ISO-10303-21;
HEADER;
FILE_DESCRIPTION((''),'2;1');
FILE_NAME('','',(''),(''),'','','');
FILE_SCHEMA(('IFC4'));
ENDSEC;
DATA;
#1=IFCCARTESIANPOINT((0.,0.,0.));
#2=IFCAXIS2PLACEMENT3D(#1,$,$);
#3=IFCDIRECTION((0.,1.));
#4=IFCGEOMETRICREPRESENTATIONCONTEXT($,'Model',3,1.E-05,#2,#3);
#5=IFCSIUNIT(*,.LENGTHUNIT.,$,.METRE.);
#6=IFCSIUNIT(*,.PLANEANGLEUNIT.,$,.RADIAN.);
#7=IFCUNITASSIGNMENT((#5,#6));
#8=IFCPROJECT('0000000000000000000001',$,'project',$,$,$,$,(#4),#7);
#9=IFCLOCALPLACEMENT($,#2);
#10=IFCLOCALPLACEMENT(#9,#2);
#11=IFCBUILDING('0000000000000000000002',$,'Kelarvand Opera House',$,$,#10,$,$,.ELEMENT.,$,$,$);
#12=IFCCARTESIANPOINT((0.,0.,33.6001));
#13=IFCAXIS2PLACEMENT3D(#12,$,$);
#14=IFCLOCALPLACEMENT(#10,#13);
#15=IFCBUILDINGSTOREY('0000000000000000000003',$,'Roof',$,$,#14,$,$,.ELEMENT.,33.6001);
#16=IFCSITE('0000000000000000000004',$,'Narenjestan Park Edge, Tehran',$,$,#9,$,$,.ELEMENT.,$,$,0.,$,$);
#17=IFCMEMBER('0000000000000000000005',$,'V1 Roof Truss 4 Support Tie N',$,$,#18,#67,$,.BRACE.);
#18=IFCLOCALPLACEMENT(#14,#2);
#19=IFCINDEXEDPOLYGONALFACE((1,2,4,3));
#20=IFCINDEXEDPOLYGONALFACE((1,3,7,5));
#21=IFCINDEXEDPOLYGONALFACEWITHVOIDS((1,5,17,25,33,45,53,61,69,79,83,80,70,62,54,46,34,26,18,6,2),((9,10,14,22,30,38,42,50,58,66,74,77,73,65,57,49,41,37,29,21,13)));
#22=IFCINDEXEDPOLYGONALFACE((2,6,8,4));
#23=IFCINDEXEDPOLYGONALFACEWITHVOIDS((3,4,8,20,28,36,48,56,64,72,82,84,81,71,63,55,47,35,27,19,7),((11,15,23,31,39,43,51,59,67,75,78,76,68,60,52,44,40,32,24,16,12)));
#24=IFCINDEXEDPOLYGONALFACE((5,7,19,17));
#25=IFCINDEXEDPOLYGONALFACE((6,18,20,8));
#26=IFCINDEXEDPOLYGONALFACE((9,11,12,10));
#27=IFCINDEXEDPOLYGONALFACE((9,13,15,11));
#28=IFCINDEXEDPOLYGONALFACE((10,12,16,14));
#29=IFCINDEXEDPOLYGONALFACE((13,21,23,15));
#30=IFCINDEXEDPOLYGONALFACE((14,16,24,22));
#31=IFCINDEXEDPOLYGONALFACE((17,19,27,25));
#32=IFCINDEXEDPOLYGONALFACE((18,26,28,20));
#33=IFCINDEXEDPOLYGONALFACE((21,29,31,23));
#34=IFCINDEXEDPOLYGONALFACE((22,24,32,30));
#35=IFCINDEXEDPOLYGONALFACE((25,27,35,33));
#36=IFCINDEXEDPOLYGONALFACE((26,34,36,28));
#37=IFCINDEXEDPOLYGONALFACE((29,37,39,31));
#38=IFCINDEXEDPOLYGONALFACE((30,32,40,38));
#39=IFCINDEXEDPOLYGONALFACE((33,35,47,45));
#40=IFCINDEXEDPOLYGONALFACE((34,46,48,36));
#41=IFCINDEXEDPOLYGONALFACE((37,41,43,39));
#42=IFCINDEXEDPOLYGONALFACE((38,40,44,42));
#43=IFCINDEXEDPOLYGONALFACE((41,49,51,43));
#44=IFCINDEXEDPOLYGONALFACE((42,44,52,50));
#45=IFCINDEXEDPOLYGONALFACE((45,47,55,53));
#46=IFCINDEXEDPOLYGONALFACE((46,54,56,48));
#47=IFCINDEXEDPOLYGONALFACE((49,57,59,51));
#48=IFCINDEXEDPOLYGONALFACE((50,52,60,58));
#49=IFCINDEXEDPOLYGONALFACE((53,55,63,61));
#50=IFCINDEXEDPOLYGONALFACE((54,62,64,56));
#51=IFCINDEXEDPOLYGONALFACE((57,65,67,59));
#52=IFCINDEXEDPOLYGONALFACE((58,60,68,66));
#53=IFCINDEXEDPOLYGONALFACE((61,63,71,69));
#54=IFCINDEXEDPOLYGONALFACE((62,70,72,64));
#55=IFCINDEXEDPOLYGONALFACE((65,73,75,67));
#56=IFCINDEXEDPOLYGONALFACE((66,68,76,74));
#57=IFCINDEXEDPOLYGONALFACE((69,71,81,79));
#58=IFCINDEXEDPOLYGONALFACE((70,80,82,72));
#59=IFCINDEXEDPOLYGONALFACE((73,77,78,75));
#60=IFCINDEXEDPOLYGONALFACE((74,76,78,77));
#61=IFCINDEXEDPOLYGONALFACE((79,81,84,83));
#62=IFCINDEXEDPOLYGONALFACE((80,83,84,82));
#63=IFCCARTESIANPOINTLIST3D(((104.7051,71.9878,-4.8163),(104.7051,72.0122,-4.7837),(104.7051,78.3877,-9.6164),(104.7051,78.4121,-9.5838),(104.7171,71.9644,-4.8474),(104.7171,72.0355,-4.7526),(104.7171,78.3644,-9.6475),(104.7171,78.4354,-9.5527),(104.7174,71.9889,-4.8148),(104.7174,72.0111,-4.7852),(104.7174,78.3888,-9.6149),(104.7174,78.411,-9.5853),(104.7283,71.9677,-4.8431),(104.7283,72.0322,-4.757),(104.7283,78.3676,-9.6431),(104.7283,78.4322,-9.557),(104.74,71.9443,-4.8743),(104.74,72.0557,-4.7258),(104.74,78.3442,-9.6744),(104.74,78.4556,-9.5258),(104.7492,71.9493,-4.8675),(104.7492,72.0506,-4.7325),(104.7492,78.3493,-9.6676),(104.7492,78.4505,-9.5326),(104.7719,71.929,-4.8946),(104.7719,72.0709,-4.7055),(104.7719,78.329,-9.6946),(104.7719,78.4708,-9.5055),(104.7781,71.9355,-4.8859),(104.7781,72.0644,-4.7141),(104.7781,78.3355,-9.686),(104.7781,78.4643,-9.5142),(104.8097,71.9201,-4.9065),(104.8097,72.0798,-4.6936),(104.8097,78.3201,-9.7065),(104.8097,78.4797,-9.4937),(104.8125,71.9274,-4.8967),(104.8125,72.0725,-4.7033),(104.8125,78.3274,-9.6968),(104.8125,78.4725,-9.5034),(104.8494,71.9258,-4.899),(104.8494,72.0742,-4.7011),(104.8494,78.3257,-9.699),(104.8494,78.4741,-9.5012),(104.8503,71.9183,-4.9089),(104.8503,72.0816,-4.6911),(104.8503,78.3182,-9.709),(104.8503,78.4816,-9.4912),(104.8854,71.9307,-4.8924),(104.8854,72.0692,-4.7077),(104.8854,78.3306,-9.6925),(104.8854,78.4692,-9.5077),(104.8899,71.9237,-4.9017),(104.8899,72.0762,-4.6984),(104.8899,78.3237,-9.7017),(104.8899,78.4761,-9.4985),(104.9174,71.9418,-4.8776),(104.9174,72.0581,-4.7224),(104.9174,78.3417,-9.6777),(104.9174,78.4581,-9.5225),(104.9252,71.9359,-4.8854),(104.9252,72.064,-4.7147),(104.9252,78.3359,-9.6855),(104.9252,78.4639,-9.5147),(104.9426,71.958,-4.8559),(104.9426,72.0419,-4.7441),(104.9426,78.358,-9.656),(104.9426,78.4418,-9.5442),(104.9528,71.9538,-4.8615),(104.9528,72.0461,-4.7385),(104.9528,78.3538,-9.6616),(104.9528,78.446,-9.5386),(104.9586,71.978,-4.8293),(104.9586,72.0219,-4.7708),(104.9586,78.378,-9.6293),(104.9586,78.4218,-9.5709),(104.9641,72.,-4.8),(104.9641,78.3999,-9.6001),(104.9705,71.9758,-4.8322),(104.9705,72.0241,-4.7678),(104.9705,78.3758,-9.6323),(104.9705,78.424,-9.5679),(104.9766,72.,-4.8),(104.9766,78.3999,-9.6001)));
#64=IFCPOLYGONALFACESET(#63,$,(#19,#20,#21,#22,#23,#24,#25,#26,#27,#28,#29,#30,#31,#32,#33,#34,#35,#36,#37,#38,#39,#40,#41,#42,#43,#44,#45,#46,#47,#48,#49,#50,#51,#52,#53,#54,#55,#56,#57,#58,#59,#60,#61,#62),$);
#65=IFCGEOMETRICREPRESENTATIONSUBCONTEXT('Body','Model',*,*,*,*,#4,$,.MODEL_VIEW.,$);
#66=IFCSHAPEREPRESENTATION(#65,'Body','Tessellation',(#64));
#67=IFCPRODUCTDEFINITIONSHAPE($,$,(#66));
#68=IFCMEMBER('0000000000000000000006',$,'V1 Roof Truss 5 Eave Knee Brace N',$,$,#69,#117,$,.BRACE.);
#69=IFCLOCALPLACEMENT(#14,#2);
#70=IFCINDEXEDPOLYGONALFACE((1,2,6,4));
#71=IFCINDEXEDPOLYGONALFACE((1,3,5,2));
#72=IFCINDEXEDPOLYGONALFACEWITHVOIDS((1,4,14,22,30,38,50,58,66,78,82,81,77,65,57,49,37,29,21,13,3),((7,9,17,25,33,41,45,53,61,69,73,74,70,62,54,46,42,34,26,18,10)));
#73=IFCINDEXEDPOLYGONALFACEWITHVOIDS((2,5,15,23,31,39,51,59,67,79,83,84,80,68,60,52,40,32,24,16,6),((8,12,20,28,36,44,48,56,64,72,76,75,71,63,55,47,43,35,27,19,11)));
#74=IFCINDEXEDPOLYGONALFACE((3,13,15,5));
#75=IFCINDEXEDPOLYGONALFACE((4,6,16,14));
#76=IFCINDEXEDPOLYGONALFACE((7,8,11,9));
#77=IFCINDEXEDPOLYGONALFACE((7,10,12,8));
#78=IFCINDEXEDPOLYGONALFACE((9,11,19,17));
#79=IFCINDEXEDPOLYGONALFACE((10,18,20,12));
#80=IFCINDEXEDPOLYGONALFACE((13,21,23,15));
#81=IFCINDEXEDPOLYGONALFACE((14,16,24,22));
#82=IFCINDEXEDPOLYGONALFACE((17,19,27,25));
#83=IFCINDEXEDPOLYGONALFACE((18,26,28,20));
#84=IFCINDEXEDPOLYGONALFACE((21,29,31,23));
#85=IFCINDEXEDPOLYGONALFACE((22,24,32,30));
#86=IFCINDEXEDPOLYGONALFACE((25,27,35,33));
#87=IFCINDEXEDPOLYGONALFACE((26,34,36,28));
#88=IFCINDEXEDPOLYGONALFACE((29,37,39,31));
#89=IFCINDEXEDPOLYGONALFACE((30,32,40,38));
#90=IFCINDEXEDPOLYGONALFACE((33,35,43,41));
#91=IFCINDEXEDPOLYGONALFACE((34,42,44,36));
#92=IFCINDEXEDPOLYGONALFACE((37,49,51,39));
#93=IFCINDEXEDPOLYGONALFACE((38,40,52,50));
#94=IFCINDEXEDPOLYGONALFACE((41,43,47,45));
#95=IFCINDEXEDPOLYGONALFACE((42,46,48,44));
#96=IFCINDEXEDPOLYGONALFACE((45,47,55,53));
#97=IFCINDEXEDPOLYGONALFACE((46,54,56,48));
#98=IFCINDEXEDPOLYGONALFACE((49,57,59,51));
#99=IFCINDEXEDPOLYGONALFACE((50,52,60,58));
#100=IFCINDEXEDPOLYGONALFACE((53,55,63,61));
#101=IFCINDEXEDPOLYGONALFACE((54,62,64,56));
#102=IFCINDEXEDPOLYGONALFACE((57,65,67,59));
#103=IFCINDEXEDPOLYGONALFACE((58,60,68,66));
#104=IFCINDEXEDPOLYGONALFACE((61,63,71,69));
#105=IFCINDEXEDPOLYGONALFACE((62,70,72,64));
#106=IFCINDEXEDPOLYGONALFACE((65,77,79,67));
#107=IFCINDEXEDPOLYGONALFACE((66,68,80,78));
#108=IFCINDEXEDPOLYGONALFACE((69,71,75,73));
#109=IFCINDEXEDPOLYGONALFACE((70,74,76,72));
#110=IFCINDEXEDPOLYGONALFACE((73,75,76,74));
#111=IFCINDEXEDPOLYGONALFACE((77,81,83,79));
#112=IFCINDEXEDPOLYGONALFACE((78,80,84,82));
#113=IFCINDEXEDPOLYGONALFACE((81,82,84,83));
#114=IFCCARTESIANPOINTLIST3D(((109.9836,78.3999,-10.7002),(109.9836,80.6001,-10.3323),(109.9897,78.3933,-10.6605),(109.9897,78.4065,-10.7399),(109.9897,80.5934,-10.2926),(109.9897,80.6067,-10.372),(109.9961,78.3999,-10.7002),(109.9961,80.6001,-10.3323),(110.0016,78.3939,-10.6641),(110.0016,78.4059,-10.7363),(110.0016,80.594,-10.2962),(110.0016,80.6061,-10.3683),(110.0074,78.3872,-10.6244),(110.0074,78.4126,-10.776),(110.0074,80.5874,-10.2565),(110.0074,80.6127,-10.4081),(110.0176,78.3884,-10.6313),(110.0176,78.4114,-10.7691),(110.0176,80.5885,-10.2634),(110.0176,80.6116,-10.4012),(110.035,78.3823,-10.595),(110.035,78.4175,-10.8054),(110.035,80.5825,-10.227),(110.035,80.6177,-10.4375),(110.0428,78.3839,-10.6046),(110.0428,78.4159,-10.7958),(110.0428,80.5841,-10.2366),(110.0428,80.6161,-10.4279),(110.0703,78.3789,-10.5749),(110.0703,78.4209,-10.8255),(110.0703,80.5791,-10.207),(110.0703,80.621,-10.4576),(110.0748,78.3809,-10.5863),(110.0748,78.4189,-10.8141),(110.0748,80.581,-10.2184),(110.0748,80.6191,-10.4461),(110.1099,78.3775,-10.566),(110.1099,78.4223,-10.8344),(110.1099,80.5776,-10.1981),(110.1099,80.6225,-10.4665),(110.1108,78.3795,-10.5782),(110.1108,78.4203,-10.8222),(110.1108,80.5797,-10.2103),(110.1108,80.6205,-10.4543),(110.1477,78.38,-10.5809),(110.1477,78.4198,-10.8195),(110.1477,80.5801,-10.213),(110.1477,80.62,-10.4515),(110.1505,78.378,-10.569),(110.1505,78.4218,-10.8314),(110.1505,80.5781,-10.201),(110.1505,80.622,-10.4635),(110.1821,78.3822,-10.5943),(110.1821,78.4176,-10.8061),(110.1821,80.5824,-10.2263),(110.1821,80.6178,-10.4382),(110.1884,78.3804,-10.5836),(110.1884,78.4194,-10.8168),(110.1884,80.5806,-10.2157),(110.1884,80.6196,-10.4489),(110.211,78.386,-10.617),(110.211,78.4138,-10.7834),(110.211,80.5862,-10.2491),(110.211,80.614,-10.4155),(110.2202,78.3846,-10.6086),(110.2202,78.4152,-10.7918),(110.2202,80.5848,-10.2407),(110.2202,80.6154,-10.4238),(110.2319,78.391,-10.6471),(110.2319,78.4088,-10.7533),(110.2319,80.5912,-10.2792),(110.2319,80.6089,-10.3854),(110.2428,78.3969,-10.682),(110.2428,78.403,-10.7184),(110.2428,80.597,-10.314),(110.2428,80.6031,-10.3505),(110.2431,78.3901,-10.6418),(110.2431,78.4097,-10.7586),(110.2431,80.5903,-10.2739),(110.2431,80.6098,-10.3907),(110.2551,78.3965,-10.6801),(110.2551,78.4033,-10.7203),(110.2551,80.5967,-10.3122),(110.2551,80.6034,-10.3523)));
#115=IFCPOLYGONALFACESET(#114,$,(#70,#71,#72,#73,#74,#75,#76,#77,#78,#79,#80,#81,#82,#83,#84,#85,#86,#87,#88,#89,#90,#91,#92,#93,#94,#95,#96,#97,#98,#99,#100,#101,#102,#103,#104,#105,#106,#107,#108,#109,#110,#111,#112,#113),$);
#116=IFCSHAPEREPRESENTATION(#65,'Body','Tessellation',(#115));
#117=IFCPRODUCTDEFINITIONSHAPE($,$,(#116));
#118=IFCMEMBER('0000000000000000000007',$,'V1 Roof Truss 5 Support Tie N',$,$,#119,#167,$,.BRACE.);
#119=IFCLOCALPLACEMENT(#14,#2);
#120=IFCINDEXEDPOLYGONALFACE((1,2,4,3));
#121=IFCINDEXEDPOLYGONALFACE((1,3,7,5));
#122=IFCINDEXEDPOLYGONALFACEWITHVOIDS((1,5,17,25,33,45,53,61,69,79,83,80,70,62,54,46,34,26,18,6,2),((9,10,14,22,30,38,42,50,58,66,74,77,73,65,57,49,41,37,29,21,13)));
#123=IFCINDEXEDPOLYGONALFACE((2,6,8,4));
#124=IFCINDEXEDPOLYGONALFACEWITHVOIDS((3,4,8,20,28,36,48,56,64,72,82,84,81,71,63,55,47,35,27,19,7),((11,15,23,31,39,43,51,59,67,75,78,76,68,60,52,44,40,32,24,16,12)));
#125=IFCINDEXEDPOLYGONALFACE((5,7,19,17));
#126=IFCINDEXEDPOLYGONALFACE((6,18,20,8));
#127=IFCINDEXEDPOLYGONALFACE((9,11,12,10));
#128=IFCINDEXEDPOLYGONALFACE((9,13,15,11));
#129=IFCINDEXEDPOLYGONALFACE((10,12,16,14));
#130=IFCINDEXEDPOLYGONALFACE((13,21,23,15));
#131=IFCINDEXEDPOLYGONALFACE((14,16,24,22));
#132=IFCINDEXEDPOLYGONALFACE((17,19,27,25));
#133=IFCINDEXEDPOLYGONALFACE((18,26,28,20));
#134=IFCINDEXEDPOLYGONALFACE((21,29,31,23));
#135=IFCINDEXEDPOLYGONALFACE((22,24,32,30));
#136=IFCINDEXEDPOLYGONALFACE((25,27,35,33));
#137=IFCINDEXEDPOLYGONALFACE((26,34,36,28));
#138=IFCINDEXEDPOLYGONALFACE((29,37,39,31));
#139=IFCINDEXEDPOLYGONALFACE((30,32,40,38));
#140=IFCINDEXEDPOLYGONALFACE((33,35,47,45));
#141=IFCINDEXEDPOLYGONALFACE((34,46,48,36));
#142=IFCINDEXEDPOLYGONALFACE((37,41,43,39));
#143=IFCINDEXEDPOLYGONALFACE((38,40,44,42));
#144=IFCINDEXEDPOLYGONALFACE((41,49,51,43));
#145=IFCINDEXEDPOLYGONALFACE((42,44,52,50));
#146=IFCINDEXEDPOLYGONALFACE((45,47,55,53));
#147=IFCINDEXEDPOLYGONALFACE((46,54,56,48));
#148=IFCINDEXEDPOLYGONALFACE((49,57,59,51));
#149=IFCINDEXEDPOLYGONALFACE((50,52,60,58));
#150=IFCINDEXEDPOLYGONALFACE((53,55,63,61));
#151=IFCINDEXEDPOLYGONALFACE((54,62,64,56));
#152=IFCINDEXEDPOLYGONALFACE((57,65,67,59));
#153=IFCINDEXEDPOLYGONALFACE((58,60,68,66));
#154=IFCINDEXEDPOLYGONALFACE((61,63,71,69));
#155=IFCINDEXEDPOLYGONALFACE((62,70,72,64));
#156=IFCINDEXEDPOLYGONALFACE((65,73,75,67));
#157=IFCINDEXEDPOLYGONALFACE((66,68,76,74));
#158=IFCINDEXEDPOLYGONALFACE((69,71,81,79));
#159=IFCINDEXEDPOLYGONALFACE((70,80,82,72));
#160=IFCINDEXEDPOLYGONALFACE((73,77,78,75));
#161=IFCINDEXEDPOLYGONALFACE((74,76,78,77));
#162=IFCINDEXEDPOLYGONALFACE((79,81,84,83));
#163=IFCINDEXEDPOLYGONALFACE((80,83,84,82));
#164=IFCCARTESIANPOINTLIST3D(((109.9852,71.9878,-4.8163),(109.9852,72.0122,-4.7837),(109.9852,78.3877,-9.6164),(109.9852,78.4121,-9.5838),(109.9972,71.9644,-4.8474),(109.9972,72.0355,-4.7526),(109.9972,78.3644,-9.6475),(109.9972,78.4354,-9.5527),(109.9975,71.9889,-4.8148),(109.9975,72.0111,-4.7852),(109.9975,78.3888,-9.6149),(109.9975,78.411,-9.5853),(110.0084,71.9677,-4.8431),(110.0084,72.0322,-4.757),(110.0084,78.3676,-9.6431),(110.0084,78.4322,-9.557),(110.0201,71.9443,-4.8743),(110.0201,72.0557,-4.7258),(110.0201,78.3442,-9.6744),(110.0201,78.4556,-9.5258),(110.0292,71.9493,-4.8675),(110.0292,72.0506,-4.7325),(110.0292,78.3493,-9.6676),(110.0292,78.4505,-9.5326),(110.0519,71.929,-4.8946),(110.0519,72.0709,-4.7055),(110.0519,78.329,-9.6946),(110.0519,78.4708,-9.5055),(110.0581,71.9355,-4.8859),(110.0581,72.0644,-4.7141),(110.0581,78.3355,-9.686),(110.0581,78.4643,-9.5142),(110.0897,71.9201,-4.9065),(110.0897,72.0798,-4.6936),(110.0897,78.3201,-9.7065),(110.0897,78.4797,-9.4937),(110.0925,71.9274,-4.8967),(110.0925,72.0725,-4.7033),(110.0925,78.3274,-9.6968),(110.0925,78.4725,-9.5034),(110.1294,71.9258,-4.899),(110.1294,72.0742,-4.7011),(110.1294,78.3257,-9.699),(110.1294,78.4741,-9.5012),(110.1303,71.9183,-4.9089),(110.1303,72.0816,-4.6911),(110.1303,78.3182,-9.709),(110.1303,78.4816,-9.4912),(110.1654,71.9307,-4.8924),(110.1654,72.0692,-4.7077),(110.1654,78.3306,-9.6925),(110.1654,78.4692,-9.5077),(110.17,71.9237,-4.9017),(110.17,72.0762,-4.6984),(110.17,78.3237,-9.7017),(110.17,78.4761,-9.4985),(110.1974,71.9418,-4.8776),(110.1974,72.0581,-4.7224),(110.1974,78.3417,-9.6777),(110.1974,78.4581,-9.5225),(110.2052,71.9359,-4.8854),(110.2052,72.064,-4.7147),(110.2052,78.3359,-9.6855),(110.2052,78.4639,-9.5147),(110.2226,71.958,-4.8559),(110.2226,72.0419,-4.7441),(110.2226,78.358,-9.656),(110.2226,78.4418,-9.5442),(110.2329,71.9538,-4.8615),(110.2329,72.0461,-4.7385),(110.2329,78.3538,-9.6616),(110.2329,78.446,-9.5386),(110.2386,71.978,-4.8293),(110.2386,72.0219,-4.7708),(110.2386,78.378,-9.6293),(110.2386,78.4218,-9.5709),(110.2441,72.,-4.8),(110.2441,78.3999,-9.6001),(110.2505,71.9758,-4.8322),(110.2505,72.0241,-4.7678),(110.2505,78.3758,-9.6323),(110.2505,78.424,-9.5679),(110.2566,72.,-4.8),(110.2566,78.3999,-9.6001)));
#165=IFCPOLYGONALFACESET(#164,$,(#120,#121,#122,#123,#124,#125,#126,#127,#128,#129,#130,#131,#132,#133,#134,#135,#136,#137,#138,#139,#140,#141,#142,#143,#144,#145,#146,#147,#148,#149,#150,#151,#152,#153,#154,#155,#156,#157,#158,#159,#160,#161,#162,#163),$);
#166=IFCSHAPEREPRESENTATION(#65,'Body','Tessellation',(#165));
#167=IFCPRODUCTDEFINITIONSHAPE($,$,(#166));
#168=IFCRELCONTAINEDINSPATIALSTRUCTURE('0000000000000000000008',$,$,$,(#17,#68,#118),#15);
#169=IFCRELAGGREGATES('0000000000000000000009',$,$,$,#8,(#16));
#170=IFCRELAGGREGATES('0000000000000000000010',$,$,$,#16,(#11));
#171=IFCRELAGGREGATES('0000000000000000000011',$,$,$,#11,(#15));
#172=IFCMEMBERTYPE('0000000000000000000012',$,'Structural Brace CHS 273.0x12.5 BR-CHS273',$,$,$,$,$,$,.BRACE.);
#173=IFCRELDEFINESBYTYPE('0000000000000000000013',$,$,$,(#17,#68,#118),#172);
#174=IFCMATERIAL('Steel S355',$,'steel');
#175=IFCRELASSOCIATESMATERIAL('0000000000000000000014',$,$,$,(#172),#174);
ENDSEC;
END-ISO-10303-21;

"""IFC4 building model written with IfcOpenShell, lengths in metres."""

from ifc_helpers import new_model, si_unit, direction, frame, origin, origin_2d, place, context, subcontext, project, spatial, hollow_circle, extrude, material, material_profile, profile_set, type_object, element, save


model = new_model("IFC4")

# Units and contexts
model_context = context("Model", 3, precision=1e-05, world=origin(), true_north=direction((0.0, 1.0)))
body_context = subcontext(model_context, "Body", "Model", "MODEL_VIEW")
ifc_project = project(units=[si_unit("LENGTHUNIT", "METRE"), si_unit("PLANEANGLEUNIT", "RADIAN")], contexts=[model_context])

# Site, building, storey
site_placement = place(None, origin())
site = spatial("IfcSite", under=ifc_project, at=site_placement, Name="Narenjestan Park Edge, Tehran", CompositionType="ELEMENT", RefElevation=0.0)
building_placement = place(site_placement, origin())
building = spatial("IfcBuilding", under=site, at=building_placement, Name="Kelarvand Opera House", CompositionType="ELEMENT")
storey_placement = place(building_placement, frame((0.0, 0.0, 33.6001)))
storey = spatial("IfcBuildingStorey", under=building, at=storey_placement, Name="Roof", CompositionType="ELEMENT", Elevation=33.6001)

# Members
ifc_material = material(Name="Steel S355", Category="steel")
ifc_material_profile_1 = material_profile(ifc_material, hollow_circle(Radius=0.1365, WallThickness=0.0125, at=origin_2d()), Name="CHS 273.0x12.5", Category="steel")
ifc_profile_set_1 = profile_set([ifc_material_profile_1], Name="Steel S355")
member_type_1 = type_object("IfcMemberType", Name="Structural Brace CHS 273.0x12.5 BR-CHS273", PredefinedType="BRACE", material=ifc_profile_set_1)
member_1_placement = place(storey_placement, frame((104.8401, 78.3999, -9.6001), z_axis=(0.0, -0.799993, 0.60001), x_axis=(1.0, 0.0, 0.0)))
element("IfcMember", 1, at=member_1_placement, inside=storey, type_object=member_type_1, Name="V1 Roof Truss 4 Support Tie N", PredefinedType="BRACE", context=body_context, shape_type="SweptSolid", body=[
    extrude(hollow_circle(Radius=0.1365, WallThickness=0.0125, at=origin_2d()), origin(), (0.0, 0.0, 1.0), 8.0),
])
member_2_placement = place(storey_placement, frame((110.1201, 78.3999, -10.7002), z_axis=(0.0, 0.986305, 0.164931), x_axis=(-1.0, 0.0, 0.0)))
element("IfcMember", 2, at=member_2_placement, inside=storey, type_object=member_type_1, Name="V1 Roof Truss 5 Eave Knee Brace N", PredefinedType="BRACE", context=body_context, shape_type="SweptSolid", body=[
    extrude(hollow_circle(Radius=0.1365, WallThickness=0.0125, at=origin_2d()), origin(), (0.0, 0.0, 1.0), 2.2307),
])
member_3_placement = place(storey_placement, frame((110.1201, 78.3999, -9.6001), z_axis=(0.0, -0.799993, 0.60001), x_axis=(1.0, 0.0, 0.0)))
element("IfcMember", 3, at=member_3_placement, inside=storey, type_object=member_type_1, Name="V1 Roof Truss 5 Support Tie N", PredefinedType="BRACE", context=body_context, shape_type="SweptSolid", body=[
    extrude(hollow_circle(Radius=0.1365, WallThickness=0.0125, at=origin_2d()), origin(), (0.0, 0.0, 1.0), 8.0),
])

save(model, "model.ifc")
